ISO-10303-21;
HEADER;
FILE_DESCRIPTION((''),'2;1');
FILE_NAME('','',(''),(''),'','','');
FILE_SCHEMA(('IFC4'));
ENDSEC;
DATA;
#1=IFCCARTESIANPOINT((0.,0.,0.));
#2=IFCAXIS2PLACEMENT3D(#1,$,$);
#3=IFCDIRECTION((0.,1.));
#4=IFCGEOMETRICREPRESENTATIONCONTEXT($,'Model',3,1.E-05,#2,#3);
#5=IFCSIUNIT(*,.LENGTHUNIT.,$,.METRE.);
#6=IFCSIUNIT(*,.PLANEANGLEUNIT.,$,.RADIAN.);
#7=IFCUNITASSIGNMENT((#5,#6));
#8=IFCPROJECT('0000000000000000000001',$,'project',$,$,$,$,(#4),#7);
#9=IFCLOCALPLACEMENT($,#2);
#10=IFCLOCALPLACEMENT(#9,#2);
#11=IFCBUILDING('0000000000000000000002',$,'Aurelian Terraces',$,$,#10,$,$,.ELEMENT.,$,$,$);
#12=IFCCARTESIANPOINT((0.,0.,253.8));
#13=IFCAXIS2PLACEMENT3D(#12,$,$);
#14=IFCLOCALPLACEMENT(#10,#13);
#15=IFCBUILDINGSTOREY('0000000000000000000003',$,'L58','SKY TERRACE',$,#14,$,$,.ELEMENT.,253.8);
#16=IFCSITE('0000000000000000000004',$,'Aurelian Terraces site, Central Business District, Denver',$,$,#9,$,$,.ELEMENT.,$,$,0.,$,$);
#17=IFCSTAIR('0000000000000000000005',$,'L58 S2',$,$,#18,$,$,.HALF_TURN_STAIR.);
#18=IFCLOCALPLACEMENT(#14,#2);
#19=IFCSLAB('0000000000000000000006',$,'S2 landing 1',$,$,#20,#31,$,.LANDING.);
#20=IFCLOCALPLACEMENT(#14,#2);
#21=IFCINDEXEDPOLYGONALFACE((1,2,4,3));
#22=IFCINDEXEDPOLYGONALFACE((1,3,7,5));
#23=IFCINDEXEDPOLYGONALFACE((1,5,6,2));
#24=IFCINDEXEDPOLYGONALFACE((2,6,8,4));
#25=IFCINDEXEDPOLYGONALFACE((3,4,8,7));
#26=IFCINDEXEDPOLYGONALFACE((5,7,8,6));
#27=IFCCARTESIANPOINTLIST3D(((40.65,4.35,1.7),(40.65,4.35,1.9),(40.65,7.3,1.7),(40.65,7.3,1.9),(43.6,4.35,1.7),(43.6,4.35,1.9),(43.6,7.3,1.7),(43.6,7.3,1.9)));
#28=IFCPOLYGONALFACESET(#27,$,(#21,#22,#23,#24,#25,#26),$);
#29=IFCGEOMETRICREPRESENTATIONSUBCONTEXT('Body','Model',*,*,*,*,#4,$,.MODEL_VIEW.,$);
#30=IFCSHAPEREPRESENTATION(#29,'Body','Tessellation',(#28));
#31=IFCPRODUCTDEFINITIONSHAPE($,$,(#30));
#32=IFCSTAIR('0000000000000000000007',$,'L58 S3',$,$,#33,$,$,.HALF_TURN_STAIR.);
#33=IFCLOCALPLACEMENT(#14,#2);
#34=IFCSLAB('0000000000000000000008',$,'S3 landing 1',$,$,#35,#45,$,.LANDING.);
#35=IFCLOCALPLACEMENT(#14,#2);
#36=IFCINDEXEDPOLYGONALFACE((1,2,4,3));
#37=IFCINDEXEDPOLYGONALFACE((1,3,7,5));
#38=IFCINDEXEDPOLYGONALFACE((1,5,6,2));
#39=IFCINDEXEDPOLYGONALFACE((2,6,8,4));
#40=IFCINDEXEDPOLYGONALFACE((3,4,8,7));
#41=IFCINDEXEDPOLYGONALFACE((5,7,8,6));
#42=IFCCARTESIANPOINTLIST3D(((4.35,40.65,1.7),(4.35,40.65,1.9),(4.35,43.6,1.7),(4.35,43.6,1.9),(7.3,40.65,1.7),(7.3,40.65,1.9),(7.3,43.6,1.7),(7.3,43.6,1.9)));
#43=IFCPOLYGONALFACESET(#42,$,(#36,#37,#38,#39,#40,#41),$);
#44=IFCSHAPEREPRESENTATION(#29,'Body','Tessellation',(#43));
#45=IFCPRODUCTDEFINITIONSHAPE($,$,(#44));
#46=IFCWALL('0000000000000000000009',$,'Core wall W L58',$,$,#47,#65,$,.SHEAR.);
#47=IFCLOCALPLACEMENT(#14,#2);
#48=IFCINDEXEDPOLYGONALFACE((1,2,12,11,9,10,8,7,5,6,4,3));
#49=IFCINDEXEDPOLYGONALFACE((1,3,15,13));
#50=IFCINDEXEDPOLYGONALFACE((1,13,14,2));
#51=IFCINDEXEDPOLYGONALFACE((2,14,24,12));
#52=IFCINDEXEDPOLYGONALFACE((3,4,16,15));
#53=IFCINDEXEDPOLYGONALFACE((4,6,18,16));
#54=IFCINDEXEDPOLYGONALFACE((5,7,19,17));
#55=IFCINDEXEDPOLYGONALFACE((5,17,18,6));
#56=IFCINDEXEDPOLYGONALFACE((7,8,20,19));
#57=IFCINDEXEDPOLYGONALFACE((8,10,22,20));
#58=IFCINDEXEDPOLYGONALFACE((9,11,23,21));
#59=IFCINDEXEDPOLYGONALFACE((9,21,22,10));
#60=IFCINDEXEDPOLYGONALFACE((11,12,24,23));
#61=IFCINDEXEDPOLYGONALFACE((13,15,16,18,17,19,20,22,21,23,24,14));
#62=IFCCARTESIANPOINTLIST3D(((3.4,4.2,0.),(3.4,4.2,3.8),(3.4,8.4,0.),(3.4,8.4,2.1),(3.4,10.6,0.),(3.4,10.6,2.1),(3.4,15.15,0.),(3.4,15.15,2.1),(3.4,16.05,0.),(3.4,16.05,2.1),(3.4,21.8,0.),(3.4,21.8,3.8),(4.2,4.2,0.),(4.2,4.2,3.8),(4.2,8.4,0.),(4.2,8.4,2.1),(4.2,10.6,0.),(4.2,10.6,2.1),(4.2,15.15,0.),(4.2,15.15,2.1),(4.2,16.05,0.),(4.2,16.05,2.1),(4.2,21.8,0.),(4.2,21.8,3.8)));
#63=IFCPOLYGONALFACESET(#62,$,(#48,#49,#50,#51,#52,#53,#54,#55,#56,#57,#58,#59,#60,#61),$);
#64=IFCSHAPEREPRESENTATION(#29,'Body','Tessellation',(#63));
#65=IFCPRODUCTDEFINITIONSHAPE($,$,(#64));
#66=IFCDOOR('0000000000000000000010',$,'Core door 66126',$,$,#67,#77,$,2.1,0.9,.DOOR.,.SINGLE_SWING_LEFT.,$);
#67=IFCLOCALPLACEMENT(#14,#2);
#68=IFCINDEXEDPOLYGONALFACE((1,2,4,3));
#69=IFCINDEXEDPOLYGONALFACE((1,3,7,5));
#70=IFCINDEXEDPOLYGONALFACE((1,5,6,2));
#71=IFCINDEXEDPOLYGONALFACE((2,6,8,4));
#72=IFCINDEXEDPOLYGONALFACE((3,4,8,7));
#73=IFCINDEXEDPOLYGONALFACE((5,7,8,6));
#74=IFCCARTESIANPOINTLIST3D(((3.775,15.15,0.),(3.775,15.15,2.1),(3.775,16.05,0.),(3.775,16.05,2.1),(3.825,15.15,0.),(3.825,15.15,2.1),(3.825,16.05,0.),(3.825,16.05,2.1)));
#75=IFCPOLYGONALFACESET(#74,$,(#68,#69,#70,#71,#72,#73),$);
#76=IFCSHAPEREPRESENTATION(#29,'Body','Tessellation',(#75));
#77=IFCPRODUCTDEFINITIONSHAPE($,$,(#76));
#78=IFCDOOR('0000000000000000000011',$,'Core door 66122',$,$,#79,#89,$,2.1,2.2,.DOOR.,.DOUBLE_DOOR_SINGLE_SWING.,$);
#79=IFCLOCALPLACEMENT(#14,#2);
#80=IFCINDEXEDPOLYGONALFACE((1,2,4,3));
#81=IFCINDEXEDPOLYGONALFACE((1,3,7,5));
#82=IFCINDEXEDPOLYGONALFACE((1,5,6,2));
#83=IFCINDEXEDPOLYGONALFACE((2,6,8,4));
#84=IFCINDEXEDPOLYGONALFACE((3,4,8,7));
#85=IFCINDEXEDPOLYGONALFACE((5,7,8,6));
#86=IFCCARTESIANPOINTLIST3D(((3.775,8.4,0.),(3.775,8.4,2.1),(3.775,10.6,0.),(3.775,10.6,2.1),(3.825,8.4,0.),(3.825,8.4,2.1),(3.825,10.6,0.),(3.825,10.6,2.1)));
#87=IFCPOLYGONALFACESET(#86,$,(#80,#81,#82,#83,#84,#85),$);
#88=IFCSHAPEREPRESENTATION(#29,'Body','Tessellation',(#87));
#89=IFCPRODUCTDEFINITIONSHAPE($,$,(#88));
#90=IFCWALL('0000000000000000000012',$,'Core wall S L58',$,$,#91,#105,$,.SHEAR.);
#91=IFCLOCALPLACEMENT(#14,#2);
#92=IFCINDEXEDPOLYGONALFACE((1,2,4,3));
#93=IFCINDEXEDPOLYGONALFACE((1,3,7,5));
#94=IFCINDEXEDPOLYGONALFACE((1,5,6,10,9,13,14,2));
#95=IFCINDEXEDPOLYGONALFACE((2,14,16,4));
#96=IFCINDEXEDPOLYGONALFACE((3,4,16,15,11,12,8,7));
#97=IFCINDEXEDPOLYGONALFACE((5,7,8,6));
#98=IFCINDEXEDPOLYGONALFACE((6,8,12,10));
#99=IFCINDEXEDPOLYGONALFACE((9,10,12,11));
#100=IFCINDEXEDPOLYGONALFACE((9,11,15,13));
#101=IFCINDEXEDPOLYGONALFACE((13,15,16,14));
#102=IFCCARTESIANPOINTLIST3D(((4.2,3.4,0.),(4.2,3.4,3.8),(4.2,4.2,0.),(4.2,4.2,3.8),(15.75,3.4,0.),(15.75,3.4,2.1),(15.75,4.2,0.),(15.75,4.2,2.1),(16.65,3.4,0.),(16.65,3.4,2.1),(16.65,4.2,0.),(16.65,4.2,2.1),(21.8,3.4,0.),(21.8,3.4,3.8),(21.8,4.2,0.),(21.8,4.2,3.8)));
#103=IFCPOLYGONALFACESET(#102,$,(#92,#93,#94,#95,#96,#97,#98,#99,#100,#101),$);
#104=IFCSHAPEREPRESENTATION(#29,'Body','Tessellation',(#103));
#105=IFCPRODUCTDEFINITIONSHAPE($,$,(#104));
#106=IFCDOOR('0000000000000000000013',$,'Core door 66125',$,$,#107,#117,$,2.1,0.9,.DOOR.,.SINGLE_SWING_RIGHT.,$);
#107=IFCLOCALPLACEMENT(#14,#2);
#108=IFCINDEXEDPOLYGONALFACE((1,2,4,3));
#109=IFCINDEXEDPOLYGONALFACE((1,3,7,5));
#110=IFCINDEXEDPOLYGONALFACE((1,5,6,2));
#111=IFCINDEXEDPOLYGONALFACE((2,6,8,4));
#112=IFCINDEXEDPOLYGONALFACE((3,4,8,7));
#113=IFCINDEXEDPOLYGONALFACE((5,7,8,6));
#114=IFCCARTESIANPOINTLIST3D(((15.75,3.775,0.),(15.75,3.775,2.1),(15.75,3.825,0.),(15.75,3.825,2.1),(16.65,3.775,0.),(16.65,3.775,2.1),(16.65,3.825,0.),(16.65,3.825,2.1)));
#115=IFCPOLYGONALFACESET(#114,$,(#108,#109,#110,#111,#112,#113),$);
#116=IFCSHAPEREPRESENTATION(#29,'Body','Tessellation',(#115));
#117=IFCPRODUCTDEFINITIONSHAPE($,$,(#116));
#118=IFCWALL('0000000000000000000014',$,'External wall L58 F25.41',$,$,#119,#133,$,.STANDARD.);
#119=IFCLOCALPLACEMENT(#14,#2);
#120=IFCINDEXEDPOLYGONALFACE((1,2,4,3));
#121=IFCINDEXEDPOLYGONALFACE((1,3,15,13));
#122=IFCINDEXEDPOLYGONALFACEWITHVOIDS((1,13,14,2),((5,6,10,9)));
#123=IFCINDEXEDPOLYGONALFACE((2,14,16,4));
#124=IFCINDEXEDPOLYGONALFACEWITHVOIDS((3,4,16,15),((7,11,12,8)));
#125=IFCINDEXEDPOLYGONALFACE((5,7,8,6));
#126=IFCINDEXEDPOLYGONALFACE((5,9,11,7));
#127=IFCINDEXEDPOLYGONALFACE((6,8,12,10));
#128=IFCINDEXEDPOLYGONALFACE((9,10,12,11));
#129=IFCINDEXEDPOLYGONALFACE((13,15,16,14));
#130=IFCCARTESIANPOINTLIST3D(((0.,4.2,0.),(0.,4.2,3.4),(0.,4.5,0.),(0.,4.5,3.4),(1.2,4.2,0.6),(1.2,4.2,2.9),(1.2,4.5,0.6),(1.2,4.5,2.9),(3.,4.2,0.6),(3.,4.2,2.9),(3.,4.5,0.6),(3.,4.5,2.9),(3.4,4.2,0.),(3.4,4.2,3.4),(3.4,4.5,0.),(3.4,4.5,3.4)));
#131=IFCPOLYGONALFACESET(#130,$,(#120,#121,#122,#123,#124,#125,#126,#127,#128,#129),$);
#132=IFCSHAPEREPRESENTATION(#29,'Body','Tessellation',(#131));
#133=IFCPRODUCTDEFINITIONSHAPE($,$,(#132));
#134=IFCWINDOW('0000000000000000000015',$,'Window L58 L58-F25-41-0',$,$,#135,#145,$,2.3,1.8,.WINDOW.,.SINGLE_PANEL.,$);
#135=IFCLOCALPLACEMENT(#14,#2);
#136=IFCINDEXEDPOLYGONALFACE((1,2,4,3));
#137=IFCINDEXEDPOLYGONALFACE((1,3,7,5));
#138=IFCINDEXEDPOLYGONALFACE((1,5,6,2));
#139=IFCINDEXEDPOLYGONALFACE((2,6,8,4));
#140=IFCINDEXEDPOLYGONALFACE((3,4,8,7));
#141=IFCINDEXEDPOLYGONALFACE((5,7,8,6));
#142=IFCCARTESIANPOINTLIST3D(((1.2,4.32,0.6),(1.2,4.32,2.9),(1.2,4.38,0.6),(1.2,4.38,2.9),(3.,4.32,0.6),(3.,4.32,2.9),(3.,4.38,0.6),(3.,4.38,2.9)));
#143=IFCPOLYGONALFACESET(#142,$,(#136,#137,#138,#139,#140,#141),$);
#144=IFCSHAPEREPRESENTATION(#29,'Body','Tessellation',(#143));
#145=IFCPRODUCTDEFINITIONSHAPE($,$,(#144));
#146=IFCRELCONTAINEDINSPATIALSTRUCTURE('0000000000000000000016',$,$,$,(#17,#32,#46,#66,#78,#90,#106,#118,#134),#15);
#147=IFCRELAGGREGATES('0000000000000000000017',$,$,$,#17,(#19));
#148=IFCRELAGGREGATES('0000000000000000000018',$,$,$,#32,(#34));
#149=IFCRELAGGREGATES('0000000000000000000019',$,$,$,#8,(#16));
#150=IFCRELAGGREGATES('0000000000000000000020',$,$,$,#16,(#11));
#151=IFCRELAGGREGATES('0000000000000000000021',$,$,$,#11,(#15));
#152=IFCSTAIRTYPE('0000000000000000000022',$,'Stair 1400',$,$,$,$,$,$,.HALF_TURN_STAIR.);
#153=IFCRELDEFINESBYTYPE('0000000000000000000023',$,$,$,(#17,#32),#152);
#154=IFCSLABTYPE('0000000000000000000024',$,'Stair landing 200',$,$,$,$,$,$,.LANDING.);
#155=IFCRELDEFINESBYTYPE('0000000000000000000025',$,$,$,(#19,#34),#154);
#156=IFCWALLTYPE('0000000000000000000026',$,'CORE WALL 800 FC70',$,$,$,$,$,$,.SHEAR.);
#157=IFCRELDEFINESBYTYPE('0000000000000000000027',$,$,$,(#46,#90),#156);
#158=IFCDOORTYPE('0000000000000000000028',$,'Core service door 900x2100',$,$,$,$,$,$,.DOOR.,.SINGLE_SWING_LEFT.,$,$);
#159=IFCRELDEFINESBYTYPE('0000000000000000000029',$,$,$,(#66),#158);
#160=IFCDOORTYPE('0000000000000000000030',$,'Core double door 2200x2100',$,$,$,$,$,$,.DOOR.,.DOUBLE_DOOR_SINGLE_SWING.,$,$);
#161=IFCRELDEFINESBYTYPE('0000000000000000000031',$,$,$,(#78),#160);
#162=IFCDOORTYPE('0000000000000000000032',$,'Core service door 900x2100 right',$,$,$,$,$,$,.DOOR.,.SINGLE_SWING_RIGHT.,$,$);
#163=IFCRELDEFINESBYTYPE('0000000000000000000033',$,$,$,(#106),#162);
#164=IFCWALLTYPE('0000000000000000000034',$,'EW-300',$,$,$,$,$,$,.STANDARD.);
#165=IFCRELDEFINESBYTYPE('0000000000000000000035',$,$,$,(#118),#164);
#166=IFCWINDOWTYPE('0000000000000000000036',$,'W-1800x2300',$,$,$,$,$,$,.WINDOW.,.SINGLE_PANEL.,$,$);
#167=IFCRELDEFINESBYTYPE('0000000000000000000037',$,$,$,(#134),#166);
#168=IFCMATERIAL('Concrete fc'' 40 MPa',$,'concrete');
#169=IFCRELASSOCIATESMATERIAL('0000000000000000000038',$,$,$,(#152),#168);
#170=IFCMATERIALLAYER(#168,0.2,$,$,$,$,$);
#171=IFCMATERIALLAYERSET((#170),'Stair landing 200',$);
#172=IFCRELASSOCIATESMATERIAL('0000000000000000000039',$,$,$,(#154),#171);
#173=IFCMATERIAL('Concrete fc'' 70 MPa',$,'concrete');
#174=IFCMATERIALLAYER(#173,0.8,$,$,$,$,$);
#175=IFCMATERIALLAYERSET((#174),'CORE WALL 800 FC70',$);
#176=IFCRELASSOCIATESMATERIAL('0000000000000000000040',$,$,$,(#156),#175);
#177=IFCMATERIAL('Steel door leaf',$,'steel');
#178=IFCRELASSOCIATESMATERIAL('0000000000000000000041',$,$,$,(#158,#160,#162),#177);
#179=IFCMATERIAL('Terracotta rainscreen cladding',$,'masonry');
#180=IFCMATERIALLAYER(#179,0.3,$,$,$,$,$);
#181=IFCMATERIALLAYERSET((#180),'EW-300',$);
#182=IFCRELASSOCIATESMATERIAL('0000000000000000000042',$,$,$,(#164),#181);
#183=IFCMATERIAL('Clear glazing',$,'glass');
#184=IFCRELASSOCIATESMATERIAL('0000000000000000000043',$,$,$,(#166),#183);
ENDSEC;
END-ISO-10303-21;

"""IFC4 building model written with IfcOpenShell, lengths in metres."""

from ifc_helpers import new_model, si_unit, direction, frame, frame_2d, origin, place, context, subcontext, project, spatial, polyline, rectangle, outline, extrude, source, transform, mapped, material, layer, layer_set, type_object, element, fill, aggregate, save


model = new_model("IFC4")

# Units and contexts
model_context = context("Model", 3, precision=1e-05, world=origin(), true_north=direction((0.0, 1.0)))
body_context = subcontext(model_context, "Body", "Model", "MODEL_VIEW")
ifc_project = project(units=[si_unit("LENGTHUNIT", "METRE"), si_unit("PLANEANGLEUNIT", "RADIAN")], contexts=[model_context])

# Site, building, storey
site_placement = place(None, origin())
site = spatial("IfcSite", under=ifc_project, at=site_placement, Name="Aurelian Terraces site, Central Business District, Denver", CompositionType="ELEMENT", RefElevation=0.0)
building_placement = place(site_placement, origin())
building = spatial("IfcBuilding", under=site, at=building_placement, Name="Aurelian Terraces", CompositionType="ELEMENT")
storey_placement = place(building_placement, frame((0.0, 0.0, 253.8)))
storey = spatial("IfcBuildingStorey", under=building, at=storey_placement, Name="L58", Description="SKY TERRACE", CompositionType="ELEMENT", Elevation=253.8)

# Stairs, slabs
ifc_material_1 = material(Name="Concrete fc' 40 MPa", Category="concrete")
stair_type = type_object("IfcStairType", Name="Stair 1400", PredefinedType="HALF_TURN_STAIR", material=ifc_material_1)
stair_1_placement = place(storey_placement, origin())
stair_1 = element("IfcStair", 1, at=stair_1_placement, inside=storey, type_object=stair_type, Name="L58 S2", PredefinedType="HALF_TURN_STAIR")
ifc_layer_1 = layer(ifc_material_1, 0.2)
ifc_layer_set_1 = layer_set([ifc_layer_1], Name="Stair landing 200")
slab_type = type_object("IfcSlabType", Name="Stair landing 200", PredefinedType="LANDING", material=ifc_layer_set_1)
shared_shape_1 = source(origin(), body_context, "Body", "SweptSolid", [
    extrude(outline(polyline([(43.6, 4.35), (43.6, 7.3), (40.65, 7.3), (40.65, 4.35), (43.6, 4.35)])), origin(), (0.0, 0.0, 1.0), 0.2),
])
slab_1_placement = place(storey_placement, frame((0.0, 0.0, 1.7)))
slab_1 = element("IfcSlab", 2, at=slab_1_placement, type_object=slab_type, Name="S2 landing 1", PredefinedType="LANDING", context=body_context, shape_type="MappedRepresentation", body=[
    mapped(shared_shape_1, transform((0.0, 0.0, 0.0), scale=1.0)),
])
aggregate(stair_1, [slab_1])
stair_2_placement = place(storey_placement, origin())
stair_2 = element("IfcStair", 3, at=stair_2_placement, inside=storey, type_object=stair_type, Name="L58 S3", PredefinedType="HALF_TURN_STAIR")
shared_shape_2 = source(origin(), body_context, "Body", "SweptSolid", [
    extrude(outline(polyline([(4.35, 40.65), (7.3, 40.65), (7.3, 43.6), (4.35, 43.6), (4.35, 40.65)])), origin(), (0.0, 0.0, 1.0), 0.2),
])
slab_2_placement = place(storey_placement, frame((0.0, 0.0, 1.7)))
slab_2 = element("IfcSlab", 4, at=slab_2_placement, type_object=slab_type, Name="S3 landing 1", PredefinedType="LANDING", context=body_context, shape_type="MappedRepresentation", body=[
    mapped(shared_shape_2, transform((0.0, 0.0, 0.0), scale=1.0)),
])
aggregate(stair_2, [slab_2])

# Wall, openings, doors
ifc_material_2 = material(Name="Concrete fc' 70 MPa", Category="concrete")
ifc_layer_2 = layer(ifc_material_2, 0.8)
ifc_layer_set_2 = layer_set([ifc_layer_2], Name="CORE WALL 800 FC70")
wall_type_1 = type_object("IfcWallType", Name="CORE WALL 800 FC70", PredefinedType="SHEAR", material=ifc_layer_set_2)
shared_shape_3 = source(origin(), body_context, "Body", "SweptSolid", [
    extrude(rectangle(XDim=17.6, YDim=0.8, at=frame_2d((8.8, 0.0))), origin(), (0.0, 0.0, 1.0), 3.8),
])
wall_1_placement = place(storey_placement, frame((3.8, 4.2, 0.0), z_axis=(0.0, 0.0, 1.0), x_axis=(0.0, 1.0, 0.0)))
wall_1 = element("IfcWall", 5, at=wall_1_placement, inside=storey, type_object=wall_type_1, Name="Core wall W L58", PredefinedType="SHEAR", context=body_context, shape_type="MappedRepresentation", body=[
    mapped(shared_shape_3, transform((0.0, 0.0, 0.0), scale=1.0)),
])
shared_shape_4 = source(origin(), body_context, "Body", "SweptSolid", [
    extrude(rectangle(XDim=2.2, YDim=2.1, at=frame_2d((1.1, 1.05))), frame((0.0, 0.41, 0.0), z_axis=(0.0, -1.0, 0.0), x_axis=(1.0, 0.0, 0.0)), (0.0, 0.0, 1.0), 0.82),
])
opening_1_placement = place(wall_1_placement, frame((4.2, 0.0, 0.0)))
opening_1 = element("IfcOpeningElement", 6, at=opening_1_placement, cuts=wall_1, PredefinedType="OPENING", context=body_context, shape_type="MappedRepresentation", body=[
    mapped(shared_shape_4, transform((0.0, 0.0, 0.0), scale=1.0)),
])
shared_shape_5 = source(origin(), body_context, "Body", "SweptSolid", [
    extrude(rectangle(XDim=0.9, YDim=2.1, at=frame_2d((0.45, 1.05))), frame((0.0, 0.41, 0.0), z_axis=(0.0, -1.0, 0.0), x_axis=(1.0, 0.0, 0.0)), (0.0, 0.0, 1.0), 0.82),
])
opening_2_placement = place(wall_1_placement, frame((10.95, 0.0, 0.0)))
opening_2 = element("IfcOpeningElement", 7, at=opening_2_placement, cuts=wall_1, PredefinedType="OPENING", context=body_context, shape_type="MappedRepresentation", body=[
    mapped(shared_shape_5, transform((0.0, 0.0, 0.0), scale=1.0)),
])
ifc_material_3 = material(Name="Steel door leaf", Category="steel")
door_type_1 = type_object("IfcDoorType", Name="Core service door 900x2100", OperationType="SINGLE_SWING_LEFT", PredefinedType="DOOR", material=ifc_material_3)
shared_shape_6 = source(origin(), body_context, "Body", "SweptSolid", [
    extrude(rectangle(XDim=0.9, YDim=2.1, at=frame_2d((0.45, 1.05))), frame((0.0, 0.025, 0.0), z_axis=(0.0, -1.0, 0.0), x_axis=(1.0, 0.0, 0.0)), (0.0, 0.0, 1.0), 0.05),
])
door_1_placement = place(opening_2_placement, origin())
door_1 = element("IfcDoor", 8, at=door_1_placement, inside=storey, type_object=door_type_1, Name="Core door 66126", OperationType="SINGLE_SWING_LEFT", OverallHeight=2.1, OverallWidth=0.9, PredefinedType="DOOR", context=body_context, shape_type="MappedRepresentation", body=[
    mapped(shared_shape_6, transform((0.0, 0.0, 0.0), scale=1.0)),
])
fill(opening_2, door_1)
door_type_2 = type_object("IfcDoorType", Name="Core double door 2200x2100", OperationType="DOUBLE_DOOR_SINGLE_SWING", PredefinedType="DOOR", material=ifc_material_3)
shared_shape_7 = source(origin(), body_context, "Body", "SweptSolid", [
    extrude(rectangle(XDim=2.2, YDim=2.1, at=frame_2d((1.1, 1.05))), frame((0.0, 0.025, 0.0), z_axis=(0.0, -1.0, 0.0), x_axis=(1.0, 0.0, 0.0)), (0.0, 0.0, 1.0), 0.05),
])
door_2_placement = place(opening_1_placement, origin())
door_2 = element("IfcDoor", 9, at=door_2_placement, inside=storey, type_object=door_type_2, Name="Core door 66122", OperationType="DOUBLE_DOOR_SINGLE_SWING", OverallHeight=2.1, OverallWidth=2.2, PredefinedType="DOOR", context=body_context, shape_type="MappedRepresentation", body=[
    mapped(shared_shape_7, transform((0.0, 0.0, 0.0), scale=1.0)),
])
fill(opening_1, door_2)

# Wall, opening, door
wall_2_placement = place(storey_placement, frame((4.2, 3.8, 0.0), z_axis=(0.0, 0.0, 1.0), x_axis=(1.0, 0.0, 0.0)))
wall_2 = element("IfcWall", 10, at=wall_2_placement, inside=storey, type_object=wall_type_1, Name="Core wall S L58", PredefinedType="SHEAR", context=body_context, shape_type="MappedRepresentation", body=[
    mapped(shared_shape_3, transform((0.0, 0.0, 0.0), scale=1.0)),
])
opening_3_placement = place(wall_2_placement, frame((11.55, 0.0, 0.0)))
opening_3 = element("IfcOpeningElement", 11, at=opening_3_placement, cuts=wall_2, PredefinedType="OPENING", context=body_context, shape_type="MappedRepresentation", body=[
    mapped(shared_shape_5, transform((0.0, 0.0, 0.0), scale=1.0)),
])
door_type_3 = type_object("IfcDoorType", Name="Core service door 900x2100 right", OperationType="SINGLE_SWING_RIGHT", PredefinedType="DOOR", material=ifc_material_3)
door_3_placement = place(opening_3_placement, origin())
door_3 = element("IfcDoor", 12, at=door_3_placement, inside=storey, type_object=door_type_3, Name="Core door 66125", OperationType="SINGLE_SWING_RIGHT", OverallHeight=2.1, OverallWidth=0.9, PredefinedType="DOOR", context=body_context, shape_type="MappedRepresentation", body=[
    mapped(shared_shape_6, transform((0.0, 0.0, 0.0), scale=1.0)),
])
fill(opening_3, door_3)

# Wall, opening, window
ifc_material_4 = material(Name="Terracotta rainscreen cladding", Category="masonry")
ifc_layer_3 = layer(ifc_material_4, 0.3)
ifc_layer_set_3 = layer_set([ifc_layer_3], Name="EW-300")
wall_type_2 = type_object("IfcWallType", Name="EW-300", PredefinedType="STANDARD", material=ifc_layer_set_3)
shared_shape_8 = source(origin(), body_context, "Body", "SweptSolid", [
    extrude(rectangle(XDim=3.4, YDim=0.3, at=frame_2d((1.7, 0.0))), origin(), (0.0, 0.0, 1.0), 3.4),
])
wall_3_placement = place(storey_placement, frame((0.0, 4.35, 0.0), z_axis=(0.0, 0.0, 1.0), x_axis=(1.0, 0.0, 0.0)))
wall_3 = element("IfcWall", 13, at=wall_3_placement, inside=storey, type_object=wall_type_2, Name="External wall L58 F25.41", PredefinedType="STANDARD", context=body_context, shape_type="MappedRepresentation", body=[
    mapped(shared_shape_8, transform((0.0, 0.0, 0.0), scale=1.0)),
])
shared_shape_9 = source(origin(), body_context, "Body", "SweptSolid", [
    extrude(rectangle(XDim=1.8, YDim=2.3, at=frame_2d((0.9, 1.15))), frame((0.0, 0.16, 0.0), z_axis=(0.0, -1.0, 0.0), x_axis=(1.0, 0.0, 0.0)), (0.0, 0.0, 1.0), 0.32),
])
opening_4_placement = place(wall_3_placement, frame((1.2, 0.0, 0.6)))
opening_4 = element("IfcOpeningElement", 14, at=opening_4_placement, cuts=wall_3, PredefinedType="OPENING", context=body_context, shape_type="MappedRepresentation", body=[
    mapped(shared_shape_9, transform((0.0, 0.0, 0.0), scale=1.0)),
])
ifc_material_5 = material(Name="Clear glazing", Category="glass")
window_type = type_object("IfcWindowType", Name="W-1800x2300", PartitioningType="SINGLE_PANEL", PredefinedType="WINDOW", material=ifc_material_5)
shared_shape_10 = source(origin(), body_context, "Body", "SweptSolid", [
    extrude(rectangle(XDim=1.8, YDim=2.3, at=frame_2d((0.9, 1.15))), frame((0.0, 0.03, 0.0), z_axis=(0.0, -1.0, 0.0), x_axis=(1.0, 0.0, 0.0)), (0.0, 0.0, 1.0), 0.06),
])
window_1_placement = place(opening_4_placement, origin())
window_1 = element("IfcWindow", 15, at=window_1_placement, inside=storey, type_object=window_type, Name="Window L58 L58-F25-41-0", OverallHeight=2.3, OverallWidth=1.8, PartitioningType="SINGLE_PANEL", PredefinedType="WINDOW", context=body_context, shape_type="MappedRepresentation", body=[
    mapped(shared_shape_10, transform((0.0, 0.0, 0.0), scale=1.0)),
])
fill(opening_4, window_1)

save(model, "model.ifc")
